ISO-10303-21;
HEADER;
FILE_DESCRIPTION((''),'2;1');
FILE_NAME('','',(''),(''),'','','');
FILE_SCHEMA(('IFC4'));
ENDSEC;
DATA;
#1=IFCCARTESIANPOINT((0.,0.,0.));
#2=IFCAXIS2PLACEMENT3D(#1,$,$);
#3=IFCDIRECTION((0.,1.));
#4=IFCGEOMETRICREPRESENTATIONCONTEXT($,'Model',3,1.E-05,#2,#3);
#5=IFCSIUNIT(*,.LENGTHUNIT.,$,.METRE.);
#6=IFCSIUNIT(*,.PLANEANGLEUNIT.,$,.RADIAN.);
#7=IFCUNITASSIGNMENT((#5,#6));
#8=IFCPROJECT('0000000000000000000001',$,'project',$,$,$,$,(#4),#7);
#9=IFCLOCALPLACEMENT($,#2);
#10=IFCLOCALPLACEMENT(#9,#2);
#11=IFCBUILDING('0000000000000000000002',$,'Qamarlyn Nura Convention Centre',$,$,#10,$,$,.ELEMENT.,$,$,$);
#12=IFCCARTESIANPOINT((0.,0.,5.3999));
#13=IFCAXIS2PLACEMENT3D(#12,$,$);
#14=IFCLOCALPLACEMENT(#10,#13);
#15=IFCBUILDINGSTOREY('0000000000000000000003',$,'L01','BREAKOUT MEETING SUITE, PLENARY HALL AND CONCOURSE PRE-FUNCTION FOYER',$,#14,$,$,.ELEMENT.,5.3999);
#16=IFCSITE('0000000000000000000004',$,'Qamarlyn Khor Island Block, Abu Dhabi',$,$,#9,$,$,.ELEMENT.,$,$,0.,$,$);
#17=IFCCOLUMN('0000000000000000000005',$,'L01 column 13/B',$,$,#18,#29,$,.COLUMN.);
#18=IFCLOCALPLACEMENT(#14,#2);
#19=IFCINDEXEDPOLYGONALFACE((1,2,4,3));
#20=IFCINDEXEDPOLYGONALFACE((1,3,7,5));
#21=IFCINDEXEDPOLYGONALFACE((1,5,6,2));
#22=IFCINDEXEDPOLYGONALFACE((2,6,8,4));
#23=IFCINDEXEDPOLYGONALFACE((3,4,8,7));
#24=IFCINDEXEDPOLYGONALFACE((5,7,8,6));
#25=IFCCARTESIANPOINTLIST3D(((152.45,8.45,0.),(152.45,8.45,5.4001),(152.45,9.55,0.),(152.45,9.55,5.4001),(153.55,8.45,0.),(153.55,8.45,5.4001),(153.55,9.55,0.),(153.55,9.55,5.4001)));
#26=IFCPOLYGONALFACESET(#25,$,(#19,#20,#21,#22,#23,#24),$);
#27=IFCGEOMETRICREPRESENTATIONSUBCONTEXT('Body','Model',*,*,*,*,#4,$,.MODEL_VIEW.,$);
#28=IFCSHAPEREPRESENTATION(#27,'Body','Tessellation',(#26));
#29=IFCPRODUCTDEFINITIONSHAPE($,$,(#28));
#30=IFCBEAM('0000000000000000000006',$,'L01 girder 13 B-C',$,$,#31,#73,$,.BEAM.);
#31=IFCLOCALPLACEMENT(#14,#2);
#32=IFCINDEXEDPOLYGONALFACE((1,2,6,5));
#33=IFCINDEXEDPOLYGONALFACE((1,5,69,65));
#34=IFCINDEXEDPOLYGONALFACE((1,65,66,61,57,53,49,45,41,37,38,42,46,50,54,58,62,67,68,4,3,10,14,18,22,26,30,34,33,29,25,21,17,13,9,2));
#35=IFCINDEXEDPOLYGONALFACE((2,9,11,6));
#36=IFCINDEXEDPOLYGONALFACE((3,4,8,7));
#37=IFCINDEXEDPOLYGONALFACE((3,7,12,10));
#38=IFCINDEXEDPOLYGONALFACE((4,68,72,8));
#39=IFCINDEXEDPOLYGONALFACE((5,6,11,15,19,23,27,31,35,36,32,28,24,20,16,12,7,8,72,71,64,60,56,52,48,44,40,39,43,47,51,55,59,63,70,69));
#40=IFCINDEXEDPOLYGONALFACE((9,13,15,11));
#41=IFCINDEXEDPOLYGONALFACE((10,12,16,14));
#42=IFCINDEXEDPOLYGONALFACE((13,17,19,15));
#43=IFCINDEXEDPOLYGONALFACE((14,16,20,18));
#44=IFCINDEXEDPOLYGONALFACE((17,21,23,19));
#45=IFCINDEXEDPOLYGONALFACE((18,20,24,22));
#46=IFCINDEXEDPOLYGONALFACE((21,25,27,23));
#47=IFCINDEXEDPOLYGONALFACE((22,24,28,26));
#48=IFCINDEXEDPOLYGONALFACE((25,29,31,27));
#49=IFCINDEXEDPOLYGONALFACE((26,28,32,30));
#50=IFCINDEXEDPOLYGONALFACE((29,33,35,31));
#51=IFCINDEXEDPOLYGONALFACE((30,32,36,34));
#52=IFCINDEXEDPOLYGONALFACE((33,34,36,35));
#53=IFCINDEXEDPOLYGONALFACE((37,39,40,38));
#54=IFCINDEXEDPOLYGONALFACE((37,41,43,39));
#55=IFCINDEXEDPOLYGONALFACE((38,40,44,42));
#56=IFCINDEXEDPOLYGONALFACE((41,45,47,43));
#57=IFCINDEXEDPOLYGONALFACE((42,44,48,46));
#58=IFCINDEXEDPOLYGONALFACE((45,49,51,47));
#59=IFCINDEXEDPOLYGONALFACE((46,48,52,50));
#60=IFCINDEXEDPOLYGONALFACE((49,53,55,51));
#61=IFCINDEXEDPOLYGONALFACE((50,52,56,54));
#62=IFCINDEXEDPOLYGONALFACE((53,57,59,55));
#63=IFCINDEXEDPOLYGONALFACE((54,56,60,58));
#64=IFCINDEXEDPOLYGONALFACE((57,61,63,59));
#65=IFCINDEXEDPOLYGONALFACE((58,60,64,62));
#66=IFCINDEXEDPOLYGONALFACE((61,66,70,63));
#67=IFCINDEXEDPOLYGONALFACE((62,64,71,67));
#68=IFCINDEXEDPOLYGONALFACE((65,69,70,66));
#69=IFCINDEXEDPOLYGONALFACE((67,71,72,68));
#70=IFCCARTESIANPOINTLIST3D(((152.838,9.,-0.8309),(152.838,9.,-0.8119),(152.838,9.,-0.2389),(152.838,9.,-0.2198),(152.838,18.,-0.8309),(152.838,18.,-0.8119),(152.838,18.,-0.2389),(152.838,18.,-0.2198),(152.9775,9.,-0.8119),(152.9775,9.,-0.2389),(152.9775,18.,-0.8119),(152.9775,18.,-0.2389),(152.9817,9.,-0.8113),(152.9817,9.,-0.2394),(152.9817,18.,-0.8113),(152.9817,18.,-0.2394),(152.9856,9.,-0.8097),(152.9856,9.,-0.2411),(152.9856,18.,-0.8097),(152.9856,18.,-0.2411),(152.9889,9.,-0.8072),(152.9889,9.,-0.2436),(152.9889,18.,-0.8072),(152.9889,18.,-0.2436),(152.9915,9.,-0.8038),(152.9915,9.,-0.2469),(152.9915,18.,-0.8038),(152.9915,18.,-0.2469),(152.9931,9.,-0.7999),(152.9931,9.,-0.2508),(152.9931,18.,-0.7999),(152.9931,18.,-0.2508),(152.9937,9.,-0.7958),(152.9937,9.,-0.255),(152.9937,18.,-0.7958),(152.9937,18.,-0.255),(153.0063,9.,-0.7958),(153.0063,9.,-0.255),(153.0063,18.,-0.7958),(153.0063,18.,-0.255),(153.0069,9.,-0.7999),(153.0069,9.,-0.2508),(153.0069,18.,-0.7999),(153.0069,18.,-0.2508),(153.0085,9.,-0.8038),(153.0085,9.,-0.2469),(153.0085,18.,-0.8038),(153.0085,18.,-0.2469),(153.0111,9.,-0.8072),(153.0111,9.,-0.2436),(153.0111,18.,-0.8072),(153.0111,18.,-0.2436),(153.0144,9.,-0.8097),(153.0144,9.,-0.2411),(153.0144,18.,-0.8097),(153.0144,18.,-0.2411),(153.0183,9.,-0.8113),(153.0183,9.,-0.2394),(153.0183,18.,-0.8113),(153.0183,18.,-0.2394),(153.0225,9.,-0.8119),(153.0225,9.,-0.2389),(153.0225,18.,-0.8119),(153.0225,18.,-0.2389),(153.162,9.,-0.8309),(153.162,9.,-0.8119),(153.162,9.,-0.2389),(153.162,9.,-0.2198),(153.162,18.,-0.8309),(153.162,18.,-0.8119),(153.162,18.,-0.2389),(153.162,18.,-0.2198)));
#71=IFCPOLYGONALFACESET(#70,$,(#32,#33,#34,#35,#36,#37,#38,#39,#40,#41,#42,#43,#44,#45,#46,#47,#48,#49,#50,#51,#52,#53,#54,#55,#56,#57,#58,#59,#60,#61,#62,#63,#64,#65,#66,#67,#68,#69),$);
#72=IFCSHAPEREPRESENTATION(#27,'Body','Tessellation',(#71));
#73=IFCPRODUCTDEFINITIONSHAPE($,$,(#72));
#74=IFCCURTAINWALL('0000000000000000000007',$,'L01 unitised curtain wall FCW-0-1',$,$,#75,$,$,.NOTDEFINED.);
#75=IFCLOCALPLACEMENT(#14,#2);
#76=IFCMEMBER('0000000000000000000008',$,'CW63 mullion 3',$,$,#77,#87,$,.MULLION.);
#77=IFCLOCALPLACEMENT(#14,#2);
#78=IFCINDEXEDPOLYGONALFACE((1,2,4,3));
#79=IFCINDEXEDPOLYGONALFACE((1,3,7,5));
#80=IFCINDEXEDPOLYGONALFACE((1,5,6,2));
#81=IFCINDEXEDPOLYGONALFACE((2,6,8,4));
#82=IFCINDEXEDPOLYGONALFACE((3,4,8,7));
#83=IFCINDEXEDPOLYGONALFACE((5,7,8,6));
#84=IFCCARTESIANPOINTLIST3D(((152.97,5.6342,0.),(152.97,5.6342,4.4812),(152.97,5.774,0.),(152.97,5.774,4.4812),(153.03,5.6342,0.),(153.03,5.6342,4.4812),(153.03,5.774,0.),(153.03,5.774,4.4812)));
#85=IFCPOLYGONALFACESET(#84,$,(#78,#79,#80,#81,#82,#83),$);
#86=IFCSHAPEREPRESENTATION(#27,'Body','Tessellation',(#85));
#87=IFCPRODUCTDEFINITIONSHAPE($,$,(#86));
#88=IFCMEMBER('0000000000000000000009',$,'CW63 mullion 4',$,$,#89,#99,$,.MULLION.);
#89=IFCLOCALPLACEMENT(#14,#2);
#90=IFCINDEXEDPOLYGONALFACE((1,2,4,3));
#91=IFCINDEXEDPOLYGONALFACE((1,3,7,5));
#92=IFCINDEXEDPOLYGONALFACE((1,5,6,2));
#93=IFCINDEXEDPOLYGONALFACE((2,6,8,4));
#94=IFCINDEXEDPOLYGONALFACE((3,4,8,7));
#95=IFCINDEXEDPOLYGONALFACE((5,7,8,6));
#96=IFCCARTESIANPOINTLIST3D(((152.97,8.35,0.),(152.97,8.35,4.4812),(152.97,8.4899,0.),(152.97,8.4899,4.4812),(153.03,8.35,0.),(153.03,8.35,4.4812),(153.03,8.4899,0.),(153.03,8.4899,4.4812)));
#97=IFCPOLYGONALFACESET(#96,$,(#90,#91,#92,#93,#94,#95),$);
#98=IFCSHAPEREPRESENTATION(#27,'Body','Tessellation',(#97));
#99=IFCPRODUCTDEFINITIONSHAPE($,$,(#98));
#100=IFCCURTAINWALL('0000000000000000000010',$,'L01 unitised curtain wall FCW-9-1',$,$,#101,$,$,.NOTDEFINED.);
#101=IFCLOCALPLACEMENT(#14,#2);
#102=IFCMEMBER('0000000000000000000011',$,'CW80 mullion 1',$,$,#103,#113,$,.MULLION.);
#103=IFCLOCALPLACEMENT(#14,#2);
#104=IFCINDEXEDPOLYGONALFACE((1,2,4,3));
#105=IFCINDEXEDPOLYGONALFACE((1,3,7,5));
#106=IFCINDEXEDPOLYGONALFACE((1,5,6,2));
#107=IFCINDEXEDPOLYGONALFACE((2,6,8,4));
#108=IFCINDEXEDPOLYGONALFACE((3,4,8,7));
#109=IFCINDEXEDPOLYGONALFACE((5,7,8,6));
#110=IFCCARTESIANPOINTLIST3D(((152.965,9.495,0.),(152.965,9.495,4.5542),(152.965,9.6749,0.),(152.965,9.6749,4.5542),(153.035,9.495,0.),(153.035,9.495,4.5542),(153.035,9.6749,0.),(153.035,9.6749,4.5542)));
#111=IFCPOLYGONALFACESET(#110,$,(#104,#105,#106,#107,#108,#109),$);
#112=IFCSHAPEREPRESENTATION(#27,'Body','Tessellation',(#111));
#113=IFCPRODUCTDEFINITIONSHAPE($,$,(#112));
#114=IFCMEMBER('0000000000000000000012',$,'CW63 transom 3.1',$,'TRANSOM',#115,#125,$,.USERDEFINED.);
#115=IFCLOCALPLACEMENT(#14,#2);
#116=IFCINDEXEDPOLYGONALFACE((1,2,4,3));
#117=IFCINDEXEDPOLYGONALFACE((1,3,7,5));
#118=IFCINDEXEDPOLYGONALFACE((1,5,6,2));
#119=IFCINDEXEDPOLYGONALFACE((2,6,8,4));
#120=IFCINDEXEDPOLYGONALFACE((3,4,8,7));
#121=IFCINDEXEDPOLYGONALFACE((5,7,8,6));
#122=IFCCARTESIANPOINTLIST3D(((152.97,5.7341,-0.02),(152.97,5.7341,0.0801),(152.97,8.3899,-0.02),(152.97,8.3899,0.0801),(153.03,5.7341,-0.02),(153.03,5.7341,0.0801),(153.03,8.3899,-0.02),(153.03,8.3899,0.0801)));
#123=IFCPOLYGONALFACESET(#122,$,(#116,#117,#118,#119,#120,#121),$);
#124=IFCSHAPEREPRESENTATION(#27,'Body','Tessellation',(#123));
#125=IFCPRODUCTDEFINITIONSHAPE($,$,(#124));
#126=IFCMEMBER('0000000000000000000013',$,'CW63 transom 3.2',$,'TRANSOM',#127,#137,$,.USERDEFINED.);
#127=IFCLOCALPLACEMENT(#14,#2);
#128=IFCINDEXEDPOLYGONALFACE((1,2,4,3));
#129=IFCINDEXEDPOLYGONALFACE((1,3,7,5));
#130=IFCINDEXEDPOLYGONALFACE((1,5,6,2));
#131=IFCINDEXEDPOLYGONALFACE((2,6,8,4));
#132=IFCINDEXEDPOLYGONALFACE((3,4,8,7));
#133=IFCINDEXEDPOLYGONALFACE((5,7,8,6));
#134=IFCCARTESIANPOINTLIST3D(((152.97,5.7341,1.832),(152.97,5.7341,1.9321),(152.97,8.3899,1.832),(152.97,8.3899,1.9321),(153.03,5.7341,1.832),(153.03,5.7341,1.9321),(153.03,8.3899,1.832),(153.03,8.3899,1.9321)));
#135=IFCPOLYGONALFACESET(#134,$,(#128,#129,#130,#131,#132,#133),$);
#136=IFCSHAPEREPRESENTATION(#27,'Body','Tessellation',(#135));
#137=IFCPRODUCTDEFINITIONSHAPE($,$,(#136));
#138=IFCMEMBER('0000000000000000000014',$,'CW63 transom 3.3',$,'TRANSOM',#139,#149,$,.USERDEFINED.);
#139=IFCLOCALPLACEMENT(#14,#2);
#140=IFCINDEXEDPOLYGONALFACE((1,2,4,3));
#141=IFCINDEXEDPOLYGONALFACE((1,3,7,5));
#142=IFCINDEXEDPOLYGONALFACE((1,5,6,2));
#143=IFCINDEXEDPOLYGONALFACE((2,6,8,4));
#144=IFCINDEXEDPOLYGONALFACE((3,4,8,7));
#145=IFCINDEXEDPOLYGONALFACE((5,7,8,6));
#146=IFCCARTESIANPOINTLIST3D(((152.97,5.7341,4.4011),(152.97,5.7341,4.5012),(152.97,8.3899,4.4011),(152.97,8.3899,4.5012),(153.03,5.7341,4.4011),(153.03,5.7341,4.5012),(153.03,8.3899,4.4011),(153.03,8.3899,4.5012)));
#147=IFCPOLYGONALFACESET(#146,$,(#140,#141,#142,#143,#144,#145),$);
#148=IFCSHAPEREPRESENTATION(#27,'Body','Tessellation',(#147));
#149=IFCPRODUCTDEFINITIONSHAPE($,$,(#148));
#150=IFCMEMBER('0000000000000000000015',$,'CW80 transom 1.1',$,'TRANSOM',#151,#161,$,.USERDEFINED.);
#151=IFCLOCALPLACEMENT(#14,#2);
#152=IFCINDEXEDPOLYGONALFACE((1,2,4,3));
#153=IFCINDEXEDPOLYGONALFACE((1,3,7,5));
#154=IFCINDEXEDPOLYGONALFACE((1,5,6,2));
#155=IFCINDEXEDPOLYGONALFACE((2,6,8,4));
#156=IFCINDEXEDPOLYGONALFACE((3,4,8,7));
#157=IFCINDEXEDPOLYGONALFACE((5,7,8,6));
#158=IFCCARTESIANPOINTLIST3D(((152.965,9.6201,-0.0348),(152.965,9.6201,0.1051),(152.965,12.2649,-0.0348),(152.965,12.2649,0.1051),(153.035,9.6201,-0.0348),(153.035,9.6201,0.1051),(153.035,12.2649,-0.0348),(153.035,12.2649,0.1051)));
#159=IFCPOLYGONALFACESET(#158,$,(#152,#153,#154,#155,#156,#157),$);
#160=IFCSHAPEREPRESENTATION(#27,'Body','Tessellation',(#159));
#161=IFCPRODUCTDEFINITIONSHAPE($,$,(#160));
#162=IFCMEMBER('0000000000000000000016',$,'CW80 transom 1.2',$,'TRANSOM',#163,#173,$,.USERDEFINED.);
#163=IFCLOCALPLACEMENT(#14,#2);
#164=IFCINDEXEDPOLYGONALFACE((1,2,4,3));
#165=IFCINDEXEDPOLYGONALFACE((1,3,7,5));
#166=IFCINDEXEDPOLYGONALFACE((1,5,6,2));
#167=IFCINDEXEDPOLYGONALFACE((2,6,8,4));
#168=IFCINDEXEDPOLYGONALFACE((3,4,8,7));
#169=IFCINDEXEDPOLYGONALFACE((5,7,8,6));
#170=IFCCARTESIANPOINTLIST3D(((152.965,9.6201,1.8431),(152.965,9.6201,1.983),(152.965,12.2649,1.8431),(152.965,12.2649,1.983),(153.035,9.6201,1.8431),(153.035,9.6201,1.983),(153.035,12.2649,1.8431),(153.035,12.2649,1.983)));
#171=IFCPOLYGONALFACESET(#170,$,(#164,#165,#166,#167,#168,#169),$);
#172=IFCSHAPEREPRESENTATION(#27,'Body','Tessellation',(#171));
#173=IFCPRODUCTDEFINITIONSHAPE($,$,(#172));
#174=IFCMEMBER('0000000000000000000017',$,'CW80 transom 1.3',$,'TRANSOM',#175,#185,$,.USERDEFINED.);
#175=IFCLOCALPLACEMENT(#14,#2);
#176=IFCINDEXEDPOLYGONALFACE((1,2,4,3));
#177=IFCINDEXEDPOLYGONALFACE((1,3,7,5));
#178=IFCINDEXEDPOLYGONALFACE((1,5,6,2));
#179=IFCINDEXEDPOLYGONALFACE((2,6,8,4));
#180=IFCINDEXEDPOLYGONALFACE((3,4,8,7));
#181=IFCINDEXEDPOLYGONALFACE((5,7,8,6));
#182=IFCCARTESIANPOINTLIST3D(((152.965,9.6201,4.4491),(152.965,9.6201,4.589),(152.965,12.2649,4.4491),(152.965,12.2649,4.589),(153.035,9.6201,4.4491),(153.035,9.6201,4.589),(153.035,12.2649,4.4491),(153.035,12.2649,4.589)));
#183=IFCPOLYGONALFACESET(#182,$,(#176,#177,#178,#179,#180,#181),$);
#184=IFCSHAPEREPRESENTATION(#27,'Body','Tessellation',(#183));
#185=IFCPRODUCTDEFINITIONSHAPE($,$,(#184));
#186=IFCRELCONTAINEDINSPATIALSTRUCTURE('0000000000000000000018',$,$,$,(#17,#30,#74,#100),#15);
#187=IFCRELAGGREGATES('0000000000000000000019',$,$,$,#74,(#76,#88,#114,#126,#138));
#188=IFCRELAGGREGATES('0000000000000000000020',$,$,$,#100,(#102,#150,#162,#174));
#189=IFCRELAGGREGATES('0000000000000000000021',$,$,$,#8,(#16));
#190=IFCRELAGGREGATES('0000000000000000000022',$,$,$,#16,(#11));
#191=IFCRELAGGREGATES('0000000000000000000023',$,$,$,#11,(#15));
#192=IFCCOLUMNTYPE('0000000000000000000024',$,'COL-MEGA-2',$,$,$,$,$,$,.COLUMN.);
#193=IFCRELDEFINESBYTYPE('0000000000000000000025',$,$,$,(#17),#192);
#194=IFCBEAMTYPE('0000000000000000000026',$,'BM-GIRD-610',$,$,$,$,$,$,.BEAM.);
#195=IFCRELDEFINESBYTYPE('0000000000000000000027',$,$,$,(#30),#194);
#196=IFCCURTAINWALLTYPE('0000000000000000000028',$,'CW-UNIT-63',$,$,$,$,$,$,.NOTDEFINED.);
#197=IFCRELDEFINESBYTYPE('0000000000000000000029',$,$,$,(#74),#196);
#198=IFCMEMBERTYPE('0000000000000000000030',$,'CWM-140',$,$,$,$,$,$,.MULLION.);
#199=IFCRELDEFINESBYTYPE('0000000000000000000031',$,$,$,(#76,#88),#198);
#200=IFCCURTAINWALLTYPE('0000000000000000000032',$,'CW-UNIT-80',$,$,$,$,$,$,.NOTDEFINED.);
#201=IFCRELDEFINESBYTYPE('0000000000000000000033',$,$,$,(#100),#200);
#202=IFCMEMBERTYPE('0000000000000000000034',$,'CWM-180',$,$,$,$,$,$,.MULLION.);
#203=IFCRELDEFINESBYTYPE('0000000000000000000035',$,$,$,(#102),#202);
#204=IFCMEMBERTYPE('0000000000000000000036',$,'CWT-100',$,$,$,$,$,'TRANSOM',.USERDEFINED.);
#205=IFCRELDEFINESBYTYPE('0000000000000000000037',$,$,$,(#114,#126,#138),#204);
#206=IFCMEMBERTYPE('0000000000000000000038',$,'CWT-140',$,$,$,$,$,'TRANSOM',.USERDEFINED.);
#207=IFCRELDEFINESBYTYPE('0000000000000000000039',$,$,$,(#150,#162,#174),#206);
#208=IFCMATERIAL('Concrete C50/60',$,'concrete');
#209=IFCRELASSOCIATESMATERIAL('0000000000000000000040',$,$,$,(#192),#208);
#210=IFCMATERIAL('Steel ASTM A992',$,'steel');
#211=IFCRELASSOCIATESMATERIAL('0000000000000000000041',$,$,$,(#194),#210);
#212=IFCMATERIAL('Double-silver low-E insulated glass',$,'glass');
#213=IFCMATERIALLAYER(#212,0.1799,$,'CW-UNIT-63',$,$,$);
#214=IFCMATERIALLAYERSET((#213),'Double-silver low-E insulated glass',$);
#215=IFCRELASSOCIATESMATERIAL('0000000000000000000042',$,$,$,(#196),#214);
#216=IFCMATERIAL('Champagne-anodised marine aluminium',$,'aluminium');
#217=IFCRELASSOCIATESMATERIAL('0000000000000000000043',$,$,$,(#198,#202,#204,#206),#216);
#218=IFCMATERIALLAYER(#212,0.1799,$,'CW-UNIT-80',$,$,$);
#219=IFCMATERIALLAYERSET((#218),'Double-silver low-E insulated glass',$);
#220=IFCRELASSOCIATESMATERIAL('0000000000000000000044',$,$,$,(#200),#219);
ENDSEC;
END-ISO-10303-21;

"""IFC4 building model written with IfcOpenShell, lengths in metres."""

from ifc_helpers import new_model, si_unit, direction, frame, origin, origin_2d, place, context, subcontext, project, spatial, rectangle, i_section, extrude, material, layer, layer_set, material_profile, profile_set, type_object, element, aggregate, save


model = new_model("IFC4")

# Units and contexts
model_context = context("Model", 3, precision=1e-05, world=origin(), true_north=direction((0.0, 1.0)))
body_context = subcontext(model_context, "Body", "Model", "MODEL_VIEW")
ifc_project = project(units=[si_unit("LENGTHUNIT", "METRE"), si_unit("PLANEANGLEUNIT", "RADIAN")], contexts=[model_context])

# Site, building, storey
site_placement = place(None, origin())
site = spatial("IfcSite", under=ifc_project, at=site_placement, Name="Qamarlyn Khor Island Block, Abu Dhabi", CompositionType="ELEMENT", RefElevation=0.0)
building_placement = place(site_placement, origin())
building = spatial("IfcBuilding", under=site, at=building_placement, Name="Qamarlyn Nura Convention Centre", CompositionType="ELEMENT")
storey_placement = place(building_placement, frame((0.0, 0.0, 5.3999)))
storey = spatial("IfcBuildingStorey", under=building, at=storey_placement, Name="L01", Description="BREAKOUT MEETING SUITE, PLENARY HALL AND CONCOURSE PRE-FUNCTION FOYER", CompositionType="ELEMENT", Elevation=5.3999)

# Column
ifc_material_1 = material(Name="Concrete C50/60", Category="concrete")
ifc_material_profile_1 = material_profile(ifc_material_1, rectangle(XDim=1.1001, YDim=1.1001, at=origin_2d()), Name="RC 1100x1100")
ifc_profile_set_1 = profile_set([ifc_material_profile_1], Name="Concrete C50/60")
column_type = type_object("IfcColumnType", Name="COL-MEGA-2", PredefinedType="COLUMN", material=ifc_profile_set_1)
column_placement = place(storey_placement, frame((153.0, 9.0, 0.0), z_axis=(0.0, 0.0, 1.0), x_axis=(1.0, 0.0, 0.0)))
element("IfcColumn", 1, at=column_placement, inside=storey, type_object=column_type, Name="L01 column 13/B", PredefinedType="COLUMN", context=body_context, shape_type="SweptSolid", body=[
    extrude(rectangle(XDim=1.1001, YDim=1.1001, at=origin_2d()), origin(), (0.0, 0.0, 1.0), 5.4001),
])

# Beam
ifc_material_2 = material(Name="Steel ASTM A992", Category="steel")
ifc_material_profile_2 = material_profile(ifc_material_2, i_section(OverallWidth=0.324, OverallDepth=0.6111, WebThickness=0.0127, FlangeThickness=0.019, FilletRadius=0.0161, at=origin_2d()), Name="W610X155")
ifc_profile_set_2 = profile_set([ifc_material_profile_2], Name="Steel ASTM A992")
beam_type = type_object("IfcBeamType", Name="BM-GIRD-610", PredefinedType="BEAM", material=ifc_profile_set_2)
beam_placement = place(storey_placement, frame((153.0, 9.0, -0.5254), z_axis=(0.0, 1.0, 0.0), x_axis=(-1.0, 0.0, 0.0)))
element("IfcBeam", 2, at=beam_placement, inside=storey, type_object=beam_type, Name="L01 girder 13 B-C", PredefinedType="BEAM", context=body_context, shape_type="SweptSolid", body=[
    extrude(i_section(OverallWidth=0.324, OverallDepth=0.6111, WebThickness=0.0127, FlangeThickness=0.019, FilletRadius=0.0161, at=origin_2d()), origin(), (0.0, 0.0, 1.0), 9.0),
])

# Curtain wall, members
ifc_material_3 = material(Name="Double-silver low-E insulated glass", Category="glass")
ifc_layer_1 = layer(ifc_material_3, 0.1799, Name="CW-UNIT-63")
ifc_layer_set_1 = layer_set([ifc_layer_1], Name="Double-silver low-E insulated glass")
curtain_wall_type_1 = type_object("IfcCurtainWallType", Name="CW-UNIT-63", PredefinedType="NOTDEFINED", material=ifc_layer_set_1)
curtain_wall_1_placement = place(storey_placement, origin())
curtain_wall_1 = element("IfcCurtainWall", 3, at=curtain_wall_1_placement, inside=storey, type_object=curtain_wall_type_1, Name="L01 unitised curtain wall FCW-0-1", PredefinedType="NOTDEFINED")
ifc_material_4 = material(Name="Champagne-anodised marine aluminium", Category="aluminium")
ifc_material_profile_3 = material_profile(ifc_material_4, rectangle(XDim=0.0601, YDim=0.1399, at=origin_2d()), Name="ALU MULLION 60x140")
ifc_profile_set_3 = profile_set([ifc_material_profile_3], Name="Champagne-anodised marine aluminium")
member_type_1 = type_object("IfcMemberType", Name="CWM-140", PredefinedType="MULLION", material=ifc_profile_set_3)
member_1_placement = place(storey_placement, frame((153.0, 5.7041, 0.0), z_axis=(0.0, 0.0, 1.0), x_axis=(-1.0, 0.0, 0.0)))
member_1 = element("IfcMember", 4, at=member_1_placement, type_object=member_type_1, Name="CW63 mullion 3", PredefinedType="MULLION", context=body_context, shape_type="SweptSolid", body=[
    extrude(rectangle(XDim=0.0601, YDim=0.1399, at=origin_2d()), origin(), (0.0, 0.0, 1.0), 4.4812),
])
member_2_placement = place(storey_placement, frame((153.0, 8.4199, 0.0), z_axis=(0.0, 0.0, 1.0), x_axis=(-1.0, 0.0, 0.0)))
member_2 = element("IfcMember", 5, at=member_2_placement, type_object=member_type_1, Name="CW63 mullion 4", PredefinedType="MULLION", context=body_context, shape_type="SweptSolid", body=[
    extrude(rectangle(XDim=0.0601, YDim=0.1399, at=origin_2d()), origin(), (0.0, 0.0, 1.0), 4.4812),
])

# Curtain wall, member
ifc_layer_2 = layer(ifc_material_3, 0.1799, Name="CW-UNIT-80")
ifc_layer_set_2 = layer_set([ifc_layer_2], Name="Double-silver low-E insulated glass")
curtain_wall_type_2 = type_object("IfcCurtainWallType", Name="CW-UNIT-80", PredefinedType="NOTDEFINED", material=ifc_layer_set_2)
curtain_wall_2_placement = place(storey_placement, origin())
curtain_wall_2 = element("IfcCurtainWall", 6, at=curtain_wall_2_placement, inside=storey, type_object=curtain_wall_type_2, Name="L01 unitised curtain wall FCW-9-1", PredefinedType="NOTDEFINED")
ifc_material_profile_4 = material_profile(ifc_material_4, rectangle(XDim=0.0701, YDim=0.1799, at=origin_2d()), Name="ALU MULLION 70x180")
ifc_profile_set_4 = profile_set([ifc_material_profile_4], Name="Champagne-anodised marine aluminium")
member_type_2 = type_object("IfcMemberType", Name="CWM-180", PredefinedType="MULLION", material=ifc_profile_set_4)
member_3_placement = place(storey_placement, frame((153.0, 9.585, 0.0), z_axis=(0.0, 0.0, 1.0), x_axis=(-1.0, 0.0, 0.0)))
member_3 = element("IfcMember", 7, at=member_3_placement, type_object=member_type_2, Name="CW80 mullion 1", PredefinedType="MULLION", context=body_context, shape_type="SweptSolid", body=[
    extrude(rectangle(XDim=0.0701, YDim=0.1799, at=origin_2d()), origin(), (0.0, 0.0, 1.0), 4.5542),
])

# Members
ifc_material_profile_5 = material_profile(ifc_material_4, rectangle(XDim=0.0601, YDim=0.1001, at=origin_2d()), Name="ALU TRANSOM 60x100")
ifc_profile_set_5 = profile_set([ifc_material_profile_5], Name="Champagne-anodised marine aluminium")
member_type_3 = type_object("IfcMemberType", Name="CWT-100", ElementType="TRANSOM", PredefinedType="USERDEFINED", material=ifc_profile_set_5)
member_4_placement = place(storey_placement, frame((153.0, 5.7341, 0.03), z_axis=(0.0, 1.0, 0.0), x_axis=(-1.0, 0.0, 0.0)))
member_4 = element("IfcMember", 8, at=member_4_placement, type_object=member_type_3, Name="CW63 transom 3.1", ObjectType="TRANSOM", PredefinedType="USERDEFINED", context=body_context, shape_type="SweptSolid", body=[
    extrude(rectangle(XDim=0.0601, YDim=0.1001, at=origin_2d()), origin(), (0.0, 0.0, 1.0), 2.6558),
])
member_5_placement = place(storey_placement, frame((153.0, 5.7341, 1.8821), z_axis=(0.0, 1.0, 0.0), x_axis=(-1.0, 0.0, 0.0)))
member_5 = element("IfcMember", 9, at=member_5_placement, type_object=member_type_3, Name="CW63 transom 3.2", ObjectType="TRANSOM", PredefinedType="USERDEFINED", context=body_context, shape_type="SweptSolid", body=[
    extrude(rectangle(XDim=0.0601, YDim=0.1001, at=origin_2d()), origin(), (0.0, 0.0, 1.0), 2.6558),
])
member_6_placement = place(storey_placement, frame((153.0, 5.7341, 4.4512), z_axis=(0.0, 1.0, 0.0), x_axis=(-1.0, 0.0, 0.0)))
member_6 = element("IfcMember", 10, at=member_6_placement, type_object=member_type_3, Name="CW63 transom 3.3", ObjectType="TRANSOM", PredefinedType="USERDEFINED", context=body_context, shape_type="SweptSolid", body=[
    extrude(rectangle(XDim=0.0601, YDim=0.1001, at=origin_2d()), origin(), (0.0, 0.0, 1.0), 2.6558),
])
ifc_material_profile_6 = material_profile(ifc_material_4, rectangle(XDim=0.0701, YDim=0.1399, at=origin_2d()), Name="ALU TRANSOM 70x140")
ifc_profile_set_6 = profile_set([ifc_material_profile_6], Name="Champagne-anodised marine aluminium")
member_type_4 = type_object("IfcMemberType", Name="CWT-140", ElementType="TRANSOM", PredefinedType="USERDEFINED", material=ifc_profile_set_6)
member_7_placement = place(storey_placement, frame((153.0, 9.6201, 0.0352), z_axis=(0.0, 1.0, 0.0), x_axis=(-1.0, 0.0, 0.0)))
member_7 = element("IfcMember", 11, at=member_7_placement, type_object=member_type_4, Name="CW80 transom 1.1", ObjectType="TRANSOM", PredefinedType="USERDEFINED", context=body_context, shape_type="SweptSolid", body=[
    extrude(rectangle(XDim=0.0701, YDim=0.1399, at=origin_2d()), origin(), (0.0, 0.0, 1.0), 2.6448),
])
member_8_placement = place(storey_placement, frame((153.0, 9.6201, 1.9131), z_axis=(0.0, 1.0, 0.0), x_axis=(-1.0, 0.0, 0.0)))
member_8 = element("IfcMember", 12, at=member_8_placement, type_object=member_type_4, Name="CW80 transom 1.2", ObjectType="TRANSOM", PredefinedType="USERDEFINED", context=body_context, shape_type="SweptSolid", body=[
    extrude(rectangle(XDim=0.0701, YDim=0.1399, at=origin_2d()), origin(), (0.0, 0.0, 1.0), 2.6448),
])
member_9_placement = place(storey_placement, frame((153.0, 9.6201, 4.519), z_axis=(0.0, 1.0, 0.0), x_axis=(-1.0, 0.0, 0.0)))
member_9 = element("IfcMember", 13, at=member_9_placement, type_object=member_type_4, Name="CW80 transom 1.3", ObjectType="TRANSOM", PredefinedType="USERDEFINED", context=body_context, shape_type="SweptSolid", body=[
    extrude(rectangle(XDim=0.0701, YDim=0.1399, at=origin_2d()), origin(), (0.0, 0.0, 1.0), 2.6448),
])

aggregate(curtain_wall_1, [member_1, member_2, member_4, member_5, member_6])
aggregate(curtain_wall_2, [member_3, member_7, member_8, member_9])

save(model, "model.ifc")
